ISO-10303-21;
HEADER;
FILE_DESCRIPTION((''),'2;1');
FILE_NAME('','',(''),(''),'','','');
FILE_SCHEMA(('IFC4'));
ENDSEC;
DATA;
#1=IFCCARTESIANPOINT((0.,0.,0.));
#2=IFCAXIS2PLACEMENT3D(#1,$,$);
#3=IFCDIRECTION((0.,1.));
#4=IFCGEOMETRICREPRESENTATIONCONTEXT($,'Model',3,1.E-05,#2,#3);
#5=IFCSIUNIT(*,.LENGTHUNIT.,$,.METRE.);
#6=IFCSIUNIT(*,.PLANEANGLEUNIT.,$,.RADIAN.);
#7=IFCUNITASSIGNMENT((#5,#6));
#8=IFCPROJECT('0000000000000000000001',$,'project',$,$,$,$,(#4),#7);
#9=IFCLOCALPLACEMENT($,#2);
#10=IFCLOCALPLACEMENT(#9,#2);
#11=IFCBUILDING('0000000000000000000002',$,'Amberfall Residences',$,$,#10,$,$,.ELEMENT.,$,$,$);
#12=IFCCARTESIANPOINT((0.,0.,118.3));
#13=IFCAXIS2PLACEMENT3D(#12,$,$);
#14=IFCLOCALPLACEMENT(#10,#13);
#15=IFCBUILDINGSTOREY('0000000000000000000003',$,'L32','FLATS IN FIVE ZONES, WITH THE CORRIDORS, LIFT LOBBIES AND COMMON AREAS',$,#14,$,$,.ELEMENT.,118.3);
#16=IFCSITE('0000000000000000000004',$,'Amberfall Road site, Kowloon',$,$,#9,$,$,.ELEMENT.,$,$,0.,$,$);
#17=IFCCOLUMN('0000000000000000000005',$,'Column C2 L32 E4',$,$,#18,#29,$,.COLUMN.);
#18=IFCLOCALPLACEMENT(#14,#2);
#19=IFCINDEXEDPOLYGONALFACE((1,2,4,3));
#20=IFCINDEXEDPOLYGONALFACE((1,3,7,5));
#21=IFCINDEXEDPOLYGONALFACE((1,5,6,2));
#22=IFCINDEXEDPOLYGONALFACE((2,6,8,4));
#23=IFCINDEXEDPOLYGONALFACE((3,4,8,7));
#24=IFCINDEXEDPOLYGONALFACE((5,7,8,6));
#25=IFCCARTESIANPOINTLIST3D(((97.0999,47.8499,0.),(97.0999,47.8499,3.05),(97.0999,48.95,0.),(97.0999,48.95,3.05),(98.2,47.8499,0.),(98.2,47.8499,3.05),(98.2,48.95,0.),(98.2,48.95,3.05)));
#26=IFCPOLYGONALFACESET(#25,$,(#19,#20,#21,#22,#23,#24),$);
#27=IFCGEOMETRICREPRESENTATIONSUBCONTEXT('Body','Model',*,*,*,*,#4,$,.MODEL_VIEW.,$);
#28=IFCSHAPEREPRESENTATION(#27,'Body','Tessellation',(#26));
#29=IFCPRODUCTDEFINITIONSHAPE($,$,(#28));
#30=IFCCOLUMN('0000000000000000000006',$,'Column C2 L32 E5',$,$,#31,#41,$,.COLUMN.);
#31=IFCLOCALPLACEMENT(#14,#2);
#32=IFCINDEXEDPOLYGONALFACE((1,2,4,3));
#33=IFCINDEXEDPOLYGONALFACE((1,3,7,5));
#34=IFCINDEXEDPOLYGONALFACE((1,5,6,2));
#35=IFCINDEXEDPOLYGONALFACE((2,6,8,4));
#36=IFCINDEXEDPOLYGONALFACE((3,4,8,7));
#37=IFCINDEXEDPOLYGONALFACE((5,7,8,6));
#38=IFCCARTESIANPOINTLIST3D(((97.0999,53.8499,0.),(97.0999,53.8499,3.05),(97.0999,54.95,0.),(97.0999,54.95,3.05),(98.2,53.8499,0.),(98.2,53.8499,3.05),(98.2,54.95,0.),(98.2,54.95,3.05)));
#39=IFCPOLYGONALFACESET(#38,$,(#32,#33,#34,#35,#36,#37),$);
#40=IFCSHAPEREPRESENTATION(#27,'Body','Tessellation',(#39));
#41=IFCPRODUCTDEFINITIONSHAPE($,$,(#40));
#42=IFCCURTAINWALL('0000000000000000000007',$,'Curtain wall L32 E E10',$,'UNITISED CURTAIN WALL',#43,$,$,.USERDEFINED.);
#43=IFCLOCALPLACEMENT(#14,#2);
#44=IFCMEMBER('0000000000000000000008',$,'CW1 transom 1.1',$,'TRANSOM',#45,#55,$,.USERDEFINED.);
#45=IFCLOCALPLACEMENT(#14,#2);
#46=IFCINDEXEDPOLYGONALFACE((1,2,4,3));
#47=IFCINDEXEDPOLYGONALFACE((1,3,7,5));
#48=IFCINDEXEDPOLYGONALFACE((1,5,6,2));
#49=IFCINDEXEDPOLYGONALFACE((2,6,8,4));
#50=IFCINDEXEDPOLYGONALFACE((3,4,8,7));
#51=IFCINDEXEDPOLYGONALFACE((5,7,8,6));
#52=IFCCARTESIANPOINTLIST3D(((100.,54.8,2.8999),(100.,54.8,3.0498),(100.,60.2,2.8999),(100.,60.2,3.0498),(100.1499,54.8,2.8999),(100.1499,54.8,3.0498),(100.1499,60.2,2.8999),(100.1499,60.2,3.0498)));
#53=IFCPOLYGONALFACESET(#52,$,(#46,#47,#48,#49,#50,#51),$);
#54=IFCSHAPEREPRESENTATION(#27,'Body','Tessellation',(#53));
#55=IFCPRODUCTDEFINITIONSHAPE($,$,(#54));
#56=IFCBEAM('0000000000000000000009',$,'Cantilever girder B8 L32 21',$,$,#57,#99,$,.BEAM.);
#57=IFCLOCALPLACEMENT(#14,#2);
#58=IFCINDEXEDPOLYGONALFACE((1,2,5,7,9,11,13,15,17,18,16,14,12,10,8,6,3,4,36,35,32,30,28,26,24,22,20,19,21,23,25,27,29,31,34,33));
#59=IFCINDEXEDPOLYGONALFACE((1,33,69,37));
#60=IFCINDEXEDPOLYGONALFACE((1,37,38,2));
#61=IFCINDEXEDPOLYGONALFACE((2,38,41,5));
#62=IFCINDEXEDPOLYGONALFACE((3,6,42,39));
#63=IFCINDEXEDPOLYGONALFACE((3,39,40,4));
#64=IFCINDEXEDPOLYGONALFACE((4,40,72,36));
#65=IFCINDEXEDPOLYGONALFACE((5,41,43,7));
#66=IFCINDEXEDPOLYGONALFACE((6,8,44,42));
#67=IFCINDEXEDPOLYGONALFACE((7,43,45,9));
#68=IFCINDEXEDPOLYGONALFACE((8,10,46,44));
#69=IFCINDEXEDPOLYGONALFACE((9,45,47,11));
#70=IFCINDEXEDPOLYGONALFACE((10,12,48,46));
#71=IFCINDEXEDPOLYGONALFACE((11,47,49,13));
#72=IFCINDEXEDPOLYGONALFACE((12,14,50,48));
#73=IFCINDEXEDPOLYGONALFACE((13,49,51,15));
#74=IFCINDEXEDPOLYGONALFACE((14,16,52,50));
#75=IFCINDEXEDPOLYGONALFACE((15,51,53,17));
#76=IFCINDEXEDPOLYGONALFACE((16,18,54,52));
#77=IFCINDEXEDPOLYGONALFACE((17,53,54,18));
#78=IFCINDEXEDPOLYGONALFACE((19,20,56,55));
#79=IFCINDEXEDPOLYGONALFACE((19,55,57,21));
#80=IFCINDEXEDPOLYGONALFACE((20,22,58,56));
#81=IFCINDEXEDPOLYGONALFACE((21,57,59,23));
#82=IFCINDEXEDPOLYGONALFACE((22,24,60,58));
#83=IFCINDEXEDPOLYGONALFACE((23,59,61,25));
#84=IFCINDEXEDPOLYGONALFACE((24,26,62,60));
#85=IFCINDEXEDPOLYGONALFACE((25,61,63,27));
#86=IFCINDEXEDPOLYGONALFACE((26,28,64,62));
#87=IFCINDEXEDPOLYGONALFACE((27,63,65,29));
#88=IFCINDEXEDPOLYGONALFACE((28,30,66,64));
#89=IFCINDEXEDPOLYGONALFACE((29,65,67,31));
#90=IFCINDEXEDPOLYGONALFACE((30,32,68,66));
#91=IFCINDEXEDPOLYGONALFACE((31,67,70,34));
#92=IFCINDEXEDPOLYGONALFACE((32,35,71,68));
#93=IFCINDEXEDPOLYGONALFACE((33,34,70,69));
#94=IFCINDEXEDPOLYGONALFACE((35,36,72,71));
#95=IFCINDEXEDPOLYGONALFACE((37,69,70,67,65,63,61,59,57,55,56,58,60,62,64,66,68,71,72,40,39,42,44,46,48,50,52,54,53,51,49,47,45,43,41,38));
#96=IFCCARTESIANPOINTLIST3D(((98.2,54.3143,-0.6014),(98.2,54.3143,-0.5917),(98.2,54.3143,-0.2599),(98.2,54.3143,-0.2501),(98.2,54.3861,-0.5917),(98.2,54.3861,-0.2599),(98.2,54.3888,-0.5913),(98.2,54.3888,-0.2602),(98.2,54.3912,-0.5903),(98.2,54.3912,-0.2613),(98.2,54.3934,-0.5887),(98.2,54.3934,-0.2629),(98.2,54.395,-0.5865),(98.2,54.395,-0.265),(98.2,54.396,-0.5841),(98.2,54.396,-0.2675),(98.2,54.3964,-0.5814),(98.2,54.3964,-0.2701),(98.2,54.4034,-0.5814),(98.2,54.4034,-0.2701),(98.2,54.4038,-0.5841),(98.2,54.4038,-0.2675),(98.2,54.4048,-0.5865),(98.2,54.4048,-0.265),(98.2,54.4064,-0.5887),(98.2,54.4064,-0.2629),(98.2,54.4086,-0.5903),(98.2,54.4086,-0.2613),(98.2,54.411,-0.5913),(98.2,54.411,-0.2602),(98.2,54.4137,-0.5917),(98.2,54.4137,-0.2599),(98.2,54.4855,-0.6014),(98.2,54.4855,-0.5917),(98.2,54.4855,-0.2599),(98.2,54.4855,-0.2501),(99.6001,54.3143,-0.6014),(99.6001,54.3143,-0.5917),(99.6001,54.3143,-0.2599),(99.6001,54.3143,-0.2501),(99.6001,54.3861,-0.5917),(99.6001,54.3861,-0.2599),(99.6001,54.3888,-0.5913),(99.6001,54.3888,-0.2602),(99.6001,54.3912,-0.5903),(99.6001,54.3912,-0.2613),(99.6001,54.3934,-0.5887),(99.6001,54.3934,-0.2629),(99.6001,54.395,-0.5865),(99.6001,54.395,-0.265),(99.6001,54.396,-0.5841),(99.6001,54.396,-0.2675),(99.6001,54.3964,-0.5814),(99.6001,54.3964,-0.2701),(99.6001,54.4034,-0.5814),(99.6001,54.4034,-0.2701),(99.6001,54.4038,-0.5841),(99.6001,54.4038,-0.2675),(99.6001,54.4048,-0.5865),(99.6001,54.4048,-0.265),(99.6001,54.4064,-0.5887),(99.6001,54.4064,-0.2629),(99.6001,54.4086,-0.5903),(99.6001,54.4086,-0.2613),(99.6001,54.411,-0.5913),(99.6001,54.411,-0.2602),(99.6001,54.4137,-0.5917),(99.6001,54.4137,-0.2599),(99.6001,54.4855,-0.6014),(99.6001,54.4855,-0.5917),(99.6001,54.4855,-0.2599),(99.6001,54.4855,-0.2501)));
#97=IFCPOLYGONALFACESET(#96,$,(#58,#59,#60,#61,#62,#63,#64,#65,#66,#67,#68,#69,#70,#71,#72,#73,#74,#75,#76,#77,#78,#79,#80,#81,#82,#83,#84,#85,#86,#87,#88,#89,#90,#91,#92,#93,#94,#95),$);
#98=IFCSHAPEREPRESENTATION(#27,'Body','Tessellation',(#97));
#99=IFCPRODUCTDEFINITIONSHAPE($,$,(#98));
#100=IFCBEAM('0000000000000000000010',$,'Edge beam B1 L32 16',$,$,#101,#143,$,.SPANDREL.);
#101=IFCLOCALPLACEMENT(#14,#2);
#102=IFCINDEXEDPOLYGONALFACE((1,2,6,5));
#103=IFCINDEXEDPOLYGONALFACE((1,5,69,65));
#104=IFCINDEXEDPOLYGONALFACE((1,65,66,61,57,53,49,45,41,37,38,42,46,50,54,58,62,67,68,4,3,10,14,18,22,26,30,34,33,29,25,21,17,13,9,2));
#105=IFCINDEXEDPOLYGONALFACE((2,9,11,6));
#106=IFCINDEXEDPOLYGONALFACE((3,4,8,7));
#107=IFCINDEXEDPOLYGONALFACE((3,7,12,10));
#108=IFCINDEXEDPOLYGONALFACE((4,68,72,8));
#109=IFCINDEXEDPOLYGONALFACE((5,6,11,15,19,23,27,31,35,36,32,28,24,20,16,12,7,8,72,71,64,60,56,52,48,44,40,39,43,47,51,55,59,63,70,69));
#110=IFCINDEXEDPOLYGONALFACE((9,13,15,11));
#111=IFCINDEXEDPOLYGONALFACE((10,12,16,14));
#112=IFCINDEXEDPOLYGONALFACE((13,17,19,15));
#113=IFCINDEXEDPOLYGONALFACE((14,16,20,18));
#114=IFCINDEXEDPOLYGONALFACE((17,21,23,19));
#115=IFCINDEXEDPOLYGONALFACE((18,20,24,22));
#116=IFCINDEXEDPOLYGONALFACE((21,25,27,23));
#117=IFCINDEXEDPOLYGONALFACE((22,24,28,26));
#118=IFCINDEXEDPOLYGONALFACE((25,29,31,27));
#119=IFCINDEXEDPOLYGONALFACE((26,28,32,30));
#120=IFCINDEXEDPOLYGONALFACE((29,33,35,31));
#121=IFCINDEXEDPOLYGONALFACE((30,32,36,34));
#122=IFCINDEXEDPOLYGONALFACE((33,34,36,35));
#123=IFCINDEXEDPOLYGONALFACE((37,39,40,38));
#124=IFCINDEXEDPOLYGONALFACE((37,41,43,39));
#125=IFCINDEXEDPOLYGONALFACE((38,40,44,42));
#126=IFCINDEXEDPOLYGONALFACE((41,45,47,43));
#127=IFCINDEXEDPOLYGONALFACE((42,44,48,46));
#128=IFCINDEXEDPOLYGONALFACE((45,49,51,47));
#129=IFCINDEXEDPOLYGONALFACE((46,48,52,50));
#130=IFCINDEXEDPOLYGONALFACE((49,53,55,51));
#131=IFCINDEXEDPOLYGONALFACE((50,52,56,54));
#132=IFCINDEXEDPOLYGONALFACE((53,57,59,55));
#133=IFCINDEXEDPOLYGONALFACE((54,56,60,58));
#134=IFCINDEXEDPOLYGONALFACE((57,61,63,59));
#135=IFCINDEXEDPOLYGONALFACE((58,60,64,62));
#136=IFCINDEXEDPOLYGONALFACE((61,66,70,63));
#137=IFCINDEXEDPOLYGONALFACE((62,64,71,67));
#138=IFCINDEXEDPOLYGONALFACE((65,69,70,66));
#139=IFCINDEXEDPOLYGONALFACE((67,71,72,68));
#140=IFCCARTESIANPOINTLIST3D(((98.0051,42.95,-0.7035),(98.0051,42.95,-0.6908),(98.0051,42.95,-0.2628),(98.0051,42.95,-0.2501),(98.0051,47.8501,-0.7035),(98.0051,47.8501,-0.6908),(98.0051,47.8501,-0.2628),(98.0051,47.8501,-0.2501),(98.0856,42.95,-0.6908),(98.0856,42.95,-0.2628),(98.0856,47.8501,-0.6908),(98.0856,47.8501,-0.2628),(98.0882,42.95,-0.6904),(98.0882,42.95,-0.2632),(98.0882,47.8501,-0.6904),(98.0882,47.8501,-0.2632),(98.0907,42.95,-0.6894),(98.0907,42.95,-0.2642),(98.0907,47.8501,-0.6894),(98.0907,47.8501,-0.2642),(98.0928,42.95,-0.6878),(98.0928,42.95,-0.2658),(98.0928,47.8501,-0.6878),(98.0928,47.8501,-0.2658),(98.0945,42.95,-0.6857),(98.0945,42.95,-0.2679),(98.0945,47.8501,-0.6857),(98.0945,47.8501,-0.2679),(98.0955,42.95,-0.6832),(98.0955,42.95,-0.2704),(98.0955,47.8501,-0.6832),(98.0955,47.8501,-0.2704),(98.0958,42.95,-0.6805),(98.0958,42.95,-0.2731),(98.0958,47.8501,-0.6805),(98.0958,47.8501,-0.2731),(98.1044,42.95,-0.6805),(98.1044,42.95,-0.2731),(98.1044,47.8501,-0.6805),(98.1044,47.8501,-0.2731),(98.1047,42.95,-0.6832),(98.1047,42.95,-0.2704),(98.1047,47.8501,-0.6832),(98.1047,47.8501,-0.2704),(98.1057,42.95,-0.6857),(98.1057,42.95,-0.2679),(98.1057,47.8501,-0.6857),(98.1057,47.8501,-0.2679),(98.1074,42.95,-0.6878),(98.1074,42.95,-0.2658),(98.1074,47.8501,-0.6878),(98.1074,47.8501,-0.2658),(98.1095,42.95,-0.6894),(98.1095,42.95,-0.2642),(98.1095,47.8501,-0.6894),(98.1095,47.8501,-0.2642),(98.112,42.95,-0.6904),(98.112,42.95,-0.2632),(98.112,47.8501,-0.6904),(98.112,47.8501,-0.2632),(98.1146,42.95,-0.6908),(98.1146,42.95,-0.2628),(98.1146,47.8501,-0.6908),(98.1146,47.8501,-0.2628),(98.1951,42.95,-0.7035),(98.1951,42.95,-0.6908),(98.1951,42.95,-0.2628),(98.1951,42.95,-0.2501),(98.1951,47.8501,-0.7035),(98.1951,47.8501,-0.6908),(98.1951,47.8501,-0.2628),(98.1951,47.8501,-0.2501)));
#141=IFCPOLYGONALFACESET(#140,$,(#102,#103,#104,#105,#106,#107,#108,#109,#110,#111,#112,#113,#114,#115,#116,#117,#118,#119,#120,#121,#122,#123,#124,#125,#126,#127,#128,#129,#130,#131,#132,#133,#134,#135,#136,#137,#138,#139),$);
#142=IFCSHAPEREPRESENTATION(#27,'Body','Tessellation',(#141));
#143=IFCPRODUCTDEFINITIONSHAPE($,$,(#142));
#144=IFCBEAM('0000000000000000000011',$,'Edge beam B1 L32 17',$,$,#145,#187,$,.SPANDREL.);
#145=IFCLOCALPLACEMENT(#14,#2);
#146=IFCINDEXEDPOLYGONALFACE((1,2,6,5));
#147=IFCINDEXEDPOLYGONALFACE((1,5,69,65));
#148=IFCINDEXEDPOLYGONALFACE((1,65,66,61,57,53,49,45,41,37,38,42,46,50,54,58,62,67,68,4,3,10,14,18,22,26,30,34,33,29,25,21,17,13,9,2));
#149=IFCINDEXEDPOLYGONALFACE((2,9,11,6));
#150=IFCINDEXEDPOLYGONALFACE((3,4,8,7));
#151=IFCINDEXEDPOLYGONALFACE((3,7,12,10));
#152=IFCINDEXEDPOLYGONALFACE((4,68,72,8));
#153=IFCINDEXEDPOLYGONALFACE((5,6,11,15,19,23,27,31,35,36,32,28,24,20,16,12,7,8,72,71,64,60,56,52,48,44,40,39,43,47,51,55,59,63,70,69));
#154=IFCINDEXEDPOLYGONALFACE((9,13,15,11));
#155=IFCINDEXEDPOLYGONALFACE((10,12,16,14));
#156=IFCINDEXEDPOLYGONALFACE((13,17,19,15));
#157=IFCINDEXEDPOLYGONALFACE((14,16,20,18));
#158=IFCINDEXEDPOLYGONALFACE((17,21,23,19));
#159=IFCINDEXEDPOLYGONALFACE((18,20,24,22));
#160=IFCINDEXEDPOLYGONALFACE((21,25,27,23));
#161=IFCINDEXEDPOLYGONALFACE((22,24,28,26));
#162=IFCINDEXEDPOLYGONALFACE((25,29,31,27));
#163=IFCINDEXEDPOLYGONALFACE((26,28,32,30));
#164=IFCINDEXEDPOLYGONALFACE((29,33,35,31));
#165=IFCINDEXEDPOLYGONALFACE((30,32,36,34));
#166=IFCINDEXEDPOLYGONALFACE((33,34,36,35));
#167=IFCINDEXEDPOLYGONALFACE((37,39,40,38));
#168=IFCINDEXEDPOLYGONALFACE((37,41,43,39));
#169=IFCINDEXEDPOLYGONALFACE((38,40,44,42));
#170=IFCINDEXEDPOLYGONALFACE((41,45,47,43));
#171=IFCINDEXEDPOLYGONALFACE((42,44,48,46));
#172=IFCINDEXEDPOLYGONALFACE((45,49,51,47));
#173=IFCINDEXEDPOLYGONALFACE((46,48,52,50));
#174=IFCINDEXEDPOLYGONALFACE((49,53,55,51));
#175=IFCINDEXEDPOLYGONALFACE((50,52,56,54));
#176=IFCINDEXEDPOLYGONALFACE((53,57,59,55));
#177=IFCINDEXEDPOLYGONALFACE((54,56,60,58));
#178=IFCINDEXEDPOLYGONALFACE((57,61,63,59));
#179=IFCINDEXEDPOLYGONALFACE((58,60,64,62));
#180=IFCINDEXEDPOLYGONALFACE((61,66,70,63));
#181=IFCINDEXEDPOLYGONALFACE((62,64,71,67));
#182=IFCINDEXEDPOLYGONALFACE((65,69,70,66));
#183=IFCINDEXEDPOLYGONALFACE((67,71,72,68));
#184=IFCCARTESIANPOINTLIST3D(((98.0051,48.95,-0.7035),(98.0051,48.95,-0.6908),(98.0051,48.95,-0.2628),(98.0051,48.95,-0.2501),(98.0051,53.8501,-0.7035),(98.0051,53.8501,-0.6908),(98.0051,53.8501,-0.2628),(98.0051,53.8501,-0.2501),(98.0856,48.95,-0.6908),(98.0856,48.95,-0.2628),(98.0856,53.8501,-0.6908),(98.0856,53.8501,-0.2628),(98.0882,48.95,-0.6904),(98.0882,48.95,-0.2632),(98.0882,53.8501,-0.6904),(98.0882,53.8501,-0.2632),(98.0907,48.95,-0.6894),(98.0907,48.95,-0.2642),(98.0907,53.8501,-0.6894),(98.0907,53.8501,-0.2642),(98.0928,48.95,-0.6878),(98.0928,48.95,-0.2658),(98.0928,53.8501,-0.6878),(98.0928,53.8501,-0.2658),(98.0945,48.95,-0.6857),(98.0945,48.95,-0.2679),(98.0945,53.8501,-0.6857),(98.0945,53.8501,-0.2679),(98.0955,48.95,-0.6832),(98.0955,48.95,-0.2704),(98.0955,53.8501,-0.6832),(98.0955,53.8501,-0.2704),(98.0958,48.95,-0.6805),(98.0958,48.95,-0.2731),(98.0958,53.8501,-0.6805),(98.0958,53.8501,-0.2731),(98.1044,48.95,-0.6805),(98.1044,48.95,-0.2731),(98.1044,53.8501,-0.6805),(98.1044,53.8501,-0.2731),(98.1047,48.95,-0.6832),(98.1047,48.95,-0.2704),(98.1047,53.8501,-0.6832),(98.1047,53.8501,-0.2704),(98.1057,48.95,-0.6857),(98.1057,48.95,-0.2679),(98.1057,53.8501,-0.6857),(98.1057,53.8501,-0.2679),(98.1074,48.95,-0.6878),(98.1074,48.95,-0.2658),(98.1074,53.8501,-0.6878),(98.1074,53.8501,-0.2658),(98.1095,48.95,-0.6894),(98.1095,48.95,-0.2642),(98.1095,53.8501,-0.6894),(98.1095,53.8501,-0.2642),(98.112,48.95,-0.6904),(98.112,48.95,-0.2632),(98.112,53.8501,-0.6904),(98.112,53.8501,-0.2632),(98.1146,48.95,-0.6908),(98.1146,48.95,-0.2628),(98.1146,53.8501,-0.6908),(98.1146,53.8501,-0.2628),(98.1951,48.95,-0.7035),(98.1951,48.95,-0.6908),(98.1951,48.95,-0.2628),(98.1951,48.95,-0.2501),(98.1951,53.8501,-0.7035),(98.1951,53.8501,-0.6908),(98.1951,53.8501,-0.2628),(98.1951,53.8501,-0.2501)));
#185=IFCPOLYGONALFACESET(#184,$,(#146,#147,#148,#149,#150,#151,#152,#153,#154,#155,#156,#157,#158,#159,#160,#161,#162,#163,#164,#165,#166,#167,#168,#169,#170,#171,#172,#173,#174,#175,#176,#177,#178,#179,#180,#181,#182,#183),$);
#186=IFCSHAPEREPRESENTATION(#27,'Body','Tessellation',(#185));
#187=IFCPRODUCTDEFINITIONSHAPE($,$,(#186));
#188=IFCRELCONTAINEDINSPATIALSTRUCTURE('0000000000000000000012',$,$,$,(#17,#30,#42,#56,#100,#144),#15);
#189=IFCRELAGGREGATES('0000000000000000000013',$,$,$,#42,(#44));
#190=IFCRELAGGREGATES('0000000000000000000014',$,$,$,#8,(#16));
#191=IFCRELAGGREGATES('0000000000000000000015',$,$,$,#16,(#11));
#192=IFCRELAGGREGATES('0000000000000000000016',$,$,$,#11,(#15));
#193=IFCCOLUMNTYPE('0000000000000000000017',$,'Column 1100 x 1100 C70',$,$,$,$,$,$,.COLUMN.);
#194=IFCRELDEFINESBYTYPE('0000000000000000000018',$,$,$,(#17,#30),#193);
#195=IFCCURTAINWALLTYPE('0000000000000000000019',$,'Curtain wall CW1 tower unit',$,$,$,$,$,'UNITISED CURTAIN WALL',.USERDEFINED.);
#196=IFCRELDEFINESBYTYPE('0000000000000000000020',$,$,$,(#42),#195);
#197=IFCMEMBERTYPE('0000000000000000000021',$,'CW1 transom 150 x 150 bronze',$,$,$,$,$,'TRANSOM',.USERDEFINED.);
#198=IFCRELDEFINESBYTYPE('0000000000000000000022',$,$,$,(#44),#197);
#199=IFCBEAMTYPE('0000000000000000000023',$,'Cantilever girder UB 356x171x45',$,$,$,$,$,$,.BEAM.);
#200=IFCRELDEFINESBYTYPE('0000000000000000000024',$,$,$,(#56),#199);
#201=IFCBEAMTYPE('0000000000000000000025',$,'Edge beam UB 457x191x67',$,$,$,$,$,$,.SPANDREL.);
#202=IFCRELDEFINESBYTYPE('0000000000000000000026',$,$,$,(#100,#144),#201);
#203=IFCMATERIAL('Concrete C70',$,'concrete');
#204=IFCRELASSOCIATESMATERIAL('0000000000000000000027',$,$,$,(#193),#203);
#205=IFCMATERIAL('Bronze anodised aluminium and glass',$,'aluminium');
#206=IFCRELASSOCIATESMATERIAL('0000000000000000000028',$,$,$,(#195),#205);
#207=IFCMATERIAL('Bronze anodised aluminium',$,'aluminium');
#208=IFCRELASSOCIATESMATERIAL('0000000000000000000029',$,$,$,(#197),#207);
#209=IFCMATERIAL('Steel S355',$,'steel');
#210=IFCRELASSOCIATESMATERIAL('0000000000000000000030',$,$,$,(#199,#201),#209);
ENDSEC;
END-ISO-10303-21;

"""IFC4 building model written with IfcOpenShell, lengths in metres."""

from ifc_helpers import new_model, si_unit, direction, frame, origin, origin_2d, place, context, subcontext, project, spatial, rectangle, i_section, extrude, material, material_profile, profile_set, type_object, element, aggregate, save


model = new_model("IFC4")

# Units and contexts
model_context = context("Model", 3, precision=1e-05, world=origin(), true_north=direction((0.0, 1.0)))
body_context = subcontext(model_context, "Body", "Model", "MODEL_VIEW")
ifc_project = project(units=[si_unit("LENGTHUNIT", "METRE"), si_unit("PLANEANGLEUNIT", "RADIAN")], contexts=[model_context])

# Site, building, storey
site_placement = place(None, origin())
site = spatial("IfcSite", under=ifc_project, at=site_placement, Name="Amberfall Road site, Kowloon", CompositionType="ELEMENT", RefElevation=0.0)
building_placement = place(site_placement, origin())
building = spatial("IfcBuilding", under=site, at=building_placement, Name="Amberfall Residences", CompositionType="ELEMENT")
storey_placement = place(building_placement, frame((0.0, 0.0, 118.3)))
storey = spatial("IfcBuildingStorey", under=building, at=storey_placement, Name="L32", Description="FLATS IN FIVE ZONES, WITH THE CORRIDORS, LIFT LOBBIES AND COMMON AREAS", CompositionType="ELEMENT", Elevation=118.3)

# Columns
ifc_material_1 = material(Name="Concrete C70", Category="concrete")
ifc_material_profile_1 = material_profile(ifc_material_1, rectangle(XDim=1.1001, YDim=1.1001, at=origin_2d()), Name="Column 1100 x 1100 C70")
ifc_profile_set_1 = profile_set([ifc_material_profile_1], Name="Concrete C70")
column_type = type_object("IfcColumnType", Name="Column 1100 x 1100 C70", PredefinedType="COLUMN", material=ifc_profile_set_1)
for number, where, z_axis, x_axis, name in (
    (1, (97.6499, 48.3999, 0.0), (0.0, 0.0, 1.0), (1.0, 0.0, 0.0), "Column C2 L32 E4"),
    (2, (97.6499, 54.3999, 0.0), (0.0, 0.0, 1.0), (1.0, 0.0, 0.0), "Column C2 L32 E5"),
):
    element("IfcColumn", number, at=place(storey_placement, frame(where, z_axis=z_axis, x_axis=x_axis)), inside=storey, type_object=column_type, Name=name, PredefinedType="COLUMN", context=body_context, shape_type="SweptSolid", body=[
        extrude(rectangle(XDim=1.1001, YDim=1.1001, at=origin_2d()), origin(), (0.0, 0.0, 1.0), 3.05),
    ])

# Curtain wall, member
ifc_material_2 = material(Name="Bronze anodised aluminium and glass", Category="aluminium")
curtain_wall_type = type_object("IfcCurtainWallType", Name="Curtain wall CW1 tower unit", ElementType="UNITISED CURTAIN WALL", PredefinedType="USERDEFINED", material=ifc_material_2)
curtain_wall_placement = place(storey_placement, origin())
curtain_wall = element("IfcCurtainWall", 3, at=curtain_wall_placement, inside=storey, type_object=curtain_wall_type, Name="Curtain wall L32 E E10", ObjectType="UNITISED CURTAIN WALL", PredefinedType="USERDEFINED")
ifc_material_3 = material(Name="Bronze anodised aluminium", Category="aluminium")
ifc_material_profile_2 = material_profile(ifc_material_3, rectangle(XDim=0.1499, YDim=0.1499, at=origin_2d()), Name="CW1 transom 150 x 150 bronze")
ifc_profile_set_2 = profile_set([ifc_material_profile_2], Name="Bronze anodised aluminium")
member_type_1 = type_object("IfcMemberType", Name="CW1 transom 150 x 150 bronze", ElementType="TRANSOM", PredefinedType="USERDEFINED", material=ifc_profile_set_2)
member_1_placement = place(storey_placement, frame((100.075, 54.8, 2.9749), z_axis=(0.0, 1.0, 0.0), x_axis=(-1.0, 0.0, 0.0)))
member_1 = element("IfcMember", 4, at=member_1_placement, type_object=member_type_1, Name="CW1 transom 1.1", ObjectType="TRANSOM", PredefinedType="USERDEFINED", context=body_context, shape_type="SweptSolid", body=[
    extrude(rectangle(XDim=0.1499, YDim=0.1499, at=origin_2d()), origin(), (0.0, 0.0, 1.0), 5.3999),
])

# Beams
ifc_material_4 = material(Name="Steel S355", Category="steel")
ifc_material_profile_3 = material_profile(ifc_material_4, i_section(OverallWidth=0.1711, OverallDepth=0.3513, WebThickness=0.0071, FlangeThickness=0.0098, FilletRadius=0.0103, at=origin_2d()), Name="UB 356x171x45")
ifc_profile_set_3 = profile_set([ifc_material_profile_3], Name="Steel S355")
beam_type_1 = type_object("IfcBeamType", Name="Cantilever girder UB 356x171x45", PredefinedType="BEAM", material=ifc_profile_set_3)
beam_1_placement = place(storey_placement, frame((98.2, 54.3999, -0.4258), z_axis=(1.0, 0.0, 0.0), x_axis=(0.0, 1.0, 0.0)))
element("IfcBeam", 5, at=beam_1_placement, inside=storey, type_object=beam_type_1, Name="Cantilever girder B8 L32 21", PredefinedType="BEAM", context=body_context, shape_type="SweptSolid", body=[
    extrude(i_section(OverallWidth=0.1711, OverallDepth=0.3513, WebThickness=0.0071, FlangeThickness=0.0098, FilletRadius=0.0103, at=origin_2d()), origin(), (0.0, 0.0, 1.0), 1.4001),
])
ifc_material_profile_4 = material_profile(ifc_material_4, i_section(OverallWidth=0.1899, OverallDepth=0.4534, WebThickness=0.0085, FlangeThickness=0.0127, FilletRadius=0.0103, at=origin_2d()), Name="UB 457x191x67")
ifc_profile_set_4 = profile_set([ifc_material_profile_4], Name="Steel S355")
beam_type_2 = type_object("IfcBeamType", Name="Edge beam UB 457x191x67", PredefinedType="SPANDREL", material=ifc_profile_set_4)
for number, where, z_axis, x_axis, name in (
    (6, (98.1001, 42.95, -0.4768), (0.0, 1.0, 0.0), (-1.0, 0.0, 0.0), "Edge beam B1 L32 16"),
    (7, (98.1001, 48.95, -0.4768), (0.0, 1.0, 0.0), (-1.0, 0.0, 0.0), "Edge beam B1 L32 17"),
):
    element("IfcBeam", number, at=place(storey_placement, frame(where, z_axis=z_axis, x_axis=x_axis)), inside=storey, type_object=beam_type_2, Name=name, PredefinedType="SPANDREL", context=body_context, shape_type="SweptSolid", body=[
        extrude(i_section(OverallWidth=0.1899, OverallDepth=0.4534, WebThickness=0.0085, FlangeThickness=0.0127, FilletRadius=0.0103, at=origin_2d()), origin(), (0.0, 0.0, 1.0), 4.9001),
    ])

aggregate(curtain_wall, [member_1])

save(model, "model.ifc")
